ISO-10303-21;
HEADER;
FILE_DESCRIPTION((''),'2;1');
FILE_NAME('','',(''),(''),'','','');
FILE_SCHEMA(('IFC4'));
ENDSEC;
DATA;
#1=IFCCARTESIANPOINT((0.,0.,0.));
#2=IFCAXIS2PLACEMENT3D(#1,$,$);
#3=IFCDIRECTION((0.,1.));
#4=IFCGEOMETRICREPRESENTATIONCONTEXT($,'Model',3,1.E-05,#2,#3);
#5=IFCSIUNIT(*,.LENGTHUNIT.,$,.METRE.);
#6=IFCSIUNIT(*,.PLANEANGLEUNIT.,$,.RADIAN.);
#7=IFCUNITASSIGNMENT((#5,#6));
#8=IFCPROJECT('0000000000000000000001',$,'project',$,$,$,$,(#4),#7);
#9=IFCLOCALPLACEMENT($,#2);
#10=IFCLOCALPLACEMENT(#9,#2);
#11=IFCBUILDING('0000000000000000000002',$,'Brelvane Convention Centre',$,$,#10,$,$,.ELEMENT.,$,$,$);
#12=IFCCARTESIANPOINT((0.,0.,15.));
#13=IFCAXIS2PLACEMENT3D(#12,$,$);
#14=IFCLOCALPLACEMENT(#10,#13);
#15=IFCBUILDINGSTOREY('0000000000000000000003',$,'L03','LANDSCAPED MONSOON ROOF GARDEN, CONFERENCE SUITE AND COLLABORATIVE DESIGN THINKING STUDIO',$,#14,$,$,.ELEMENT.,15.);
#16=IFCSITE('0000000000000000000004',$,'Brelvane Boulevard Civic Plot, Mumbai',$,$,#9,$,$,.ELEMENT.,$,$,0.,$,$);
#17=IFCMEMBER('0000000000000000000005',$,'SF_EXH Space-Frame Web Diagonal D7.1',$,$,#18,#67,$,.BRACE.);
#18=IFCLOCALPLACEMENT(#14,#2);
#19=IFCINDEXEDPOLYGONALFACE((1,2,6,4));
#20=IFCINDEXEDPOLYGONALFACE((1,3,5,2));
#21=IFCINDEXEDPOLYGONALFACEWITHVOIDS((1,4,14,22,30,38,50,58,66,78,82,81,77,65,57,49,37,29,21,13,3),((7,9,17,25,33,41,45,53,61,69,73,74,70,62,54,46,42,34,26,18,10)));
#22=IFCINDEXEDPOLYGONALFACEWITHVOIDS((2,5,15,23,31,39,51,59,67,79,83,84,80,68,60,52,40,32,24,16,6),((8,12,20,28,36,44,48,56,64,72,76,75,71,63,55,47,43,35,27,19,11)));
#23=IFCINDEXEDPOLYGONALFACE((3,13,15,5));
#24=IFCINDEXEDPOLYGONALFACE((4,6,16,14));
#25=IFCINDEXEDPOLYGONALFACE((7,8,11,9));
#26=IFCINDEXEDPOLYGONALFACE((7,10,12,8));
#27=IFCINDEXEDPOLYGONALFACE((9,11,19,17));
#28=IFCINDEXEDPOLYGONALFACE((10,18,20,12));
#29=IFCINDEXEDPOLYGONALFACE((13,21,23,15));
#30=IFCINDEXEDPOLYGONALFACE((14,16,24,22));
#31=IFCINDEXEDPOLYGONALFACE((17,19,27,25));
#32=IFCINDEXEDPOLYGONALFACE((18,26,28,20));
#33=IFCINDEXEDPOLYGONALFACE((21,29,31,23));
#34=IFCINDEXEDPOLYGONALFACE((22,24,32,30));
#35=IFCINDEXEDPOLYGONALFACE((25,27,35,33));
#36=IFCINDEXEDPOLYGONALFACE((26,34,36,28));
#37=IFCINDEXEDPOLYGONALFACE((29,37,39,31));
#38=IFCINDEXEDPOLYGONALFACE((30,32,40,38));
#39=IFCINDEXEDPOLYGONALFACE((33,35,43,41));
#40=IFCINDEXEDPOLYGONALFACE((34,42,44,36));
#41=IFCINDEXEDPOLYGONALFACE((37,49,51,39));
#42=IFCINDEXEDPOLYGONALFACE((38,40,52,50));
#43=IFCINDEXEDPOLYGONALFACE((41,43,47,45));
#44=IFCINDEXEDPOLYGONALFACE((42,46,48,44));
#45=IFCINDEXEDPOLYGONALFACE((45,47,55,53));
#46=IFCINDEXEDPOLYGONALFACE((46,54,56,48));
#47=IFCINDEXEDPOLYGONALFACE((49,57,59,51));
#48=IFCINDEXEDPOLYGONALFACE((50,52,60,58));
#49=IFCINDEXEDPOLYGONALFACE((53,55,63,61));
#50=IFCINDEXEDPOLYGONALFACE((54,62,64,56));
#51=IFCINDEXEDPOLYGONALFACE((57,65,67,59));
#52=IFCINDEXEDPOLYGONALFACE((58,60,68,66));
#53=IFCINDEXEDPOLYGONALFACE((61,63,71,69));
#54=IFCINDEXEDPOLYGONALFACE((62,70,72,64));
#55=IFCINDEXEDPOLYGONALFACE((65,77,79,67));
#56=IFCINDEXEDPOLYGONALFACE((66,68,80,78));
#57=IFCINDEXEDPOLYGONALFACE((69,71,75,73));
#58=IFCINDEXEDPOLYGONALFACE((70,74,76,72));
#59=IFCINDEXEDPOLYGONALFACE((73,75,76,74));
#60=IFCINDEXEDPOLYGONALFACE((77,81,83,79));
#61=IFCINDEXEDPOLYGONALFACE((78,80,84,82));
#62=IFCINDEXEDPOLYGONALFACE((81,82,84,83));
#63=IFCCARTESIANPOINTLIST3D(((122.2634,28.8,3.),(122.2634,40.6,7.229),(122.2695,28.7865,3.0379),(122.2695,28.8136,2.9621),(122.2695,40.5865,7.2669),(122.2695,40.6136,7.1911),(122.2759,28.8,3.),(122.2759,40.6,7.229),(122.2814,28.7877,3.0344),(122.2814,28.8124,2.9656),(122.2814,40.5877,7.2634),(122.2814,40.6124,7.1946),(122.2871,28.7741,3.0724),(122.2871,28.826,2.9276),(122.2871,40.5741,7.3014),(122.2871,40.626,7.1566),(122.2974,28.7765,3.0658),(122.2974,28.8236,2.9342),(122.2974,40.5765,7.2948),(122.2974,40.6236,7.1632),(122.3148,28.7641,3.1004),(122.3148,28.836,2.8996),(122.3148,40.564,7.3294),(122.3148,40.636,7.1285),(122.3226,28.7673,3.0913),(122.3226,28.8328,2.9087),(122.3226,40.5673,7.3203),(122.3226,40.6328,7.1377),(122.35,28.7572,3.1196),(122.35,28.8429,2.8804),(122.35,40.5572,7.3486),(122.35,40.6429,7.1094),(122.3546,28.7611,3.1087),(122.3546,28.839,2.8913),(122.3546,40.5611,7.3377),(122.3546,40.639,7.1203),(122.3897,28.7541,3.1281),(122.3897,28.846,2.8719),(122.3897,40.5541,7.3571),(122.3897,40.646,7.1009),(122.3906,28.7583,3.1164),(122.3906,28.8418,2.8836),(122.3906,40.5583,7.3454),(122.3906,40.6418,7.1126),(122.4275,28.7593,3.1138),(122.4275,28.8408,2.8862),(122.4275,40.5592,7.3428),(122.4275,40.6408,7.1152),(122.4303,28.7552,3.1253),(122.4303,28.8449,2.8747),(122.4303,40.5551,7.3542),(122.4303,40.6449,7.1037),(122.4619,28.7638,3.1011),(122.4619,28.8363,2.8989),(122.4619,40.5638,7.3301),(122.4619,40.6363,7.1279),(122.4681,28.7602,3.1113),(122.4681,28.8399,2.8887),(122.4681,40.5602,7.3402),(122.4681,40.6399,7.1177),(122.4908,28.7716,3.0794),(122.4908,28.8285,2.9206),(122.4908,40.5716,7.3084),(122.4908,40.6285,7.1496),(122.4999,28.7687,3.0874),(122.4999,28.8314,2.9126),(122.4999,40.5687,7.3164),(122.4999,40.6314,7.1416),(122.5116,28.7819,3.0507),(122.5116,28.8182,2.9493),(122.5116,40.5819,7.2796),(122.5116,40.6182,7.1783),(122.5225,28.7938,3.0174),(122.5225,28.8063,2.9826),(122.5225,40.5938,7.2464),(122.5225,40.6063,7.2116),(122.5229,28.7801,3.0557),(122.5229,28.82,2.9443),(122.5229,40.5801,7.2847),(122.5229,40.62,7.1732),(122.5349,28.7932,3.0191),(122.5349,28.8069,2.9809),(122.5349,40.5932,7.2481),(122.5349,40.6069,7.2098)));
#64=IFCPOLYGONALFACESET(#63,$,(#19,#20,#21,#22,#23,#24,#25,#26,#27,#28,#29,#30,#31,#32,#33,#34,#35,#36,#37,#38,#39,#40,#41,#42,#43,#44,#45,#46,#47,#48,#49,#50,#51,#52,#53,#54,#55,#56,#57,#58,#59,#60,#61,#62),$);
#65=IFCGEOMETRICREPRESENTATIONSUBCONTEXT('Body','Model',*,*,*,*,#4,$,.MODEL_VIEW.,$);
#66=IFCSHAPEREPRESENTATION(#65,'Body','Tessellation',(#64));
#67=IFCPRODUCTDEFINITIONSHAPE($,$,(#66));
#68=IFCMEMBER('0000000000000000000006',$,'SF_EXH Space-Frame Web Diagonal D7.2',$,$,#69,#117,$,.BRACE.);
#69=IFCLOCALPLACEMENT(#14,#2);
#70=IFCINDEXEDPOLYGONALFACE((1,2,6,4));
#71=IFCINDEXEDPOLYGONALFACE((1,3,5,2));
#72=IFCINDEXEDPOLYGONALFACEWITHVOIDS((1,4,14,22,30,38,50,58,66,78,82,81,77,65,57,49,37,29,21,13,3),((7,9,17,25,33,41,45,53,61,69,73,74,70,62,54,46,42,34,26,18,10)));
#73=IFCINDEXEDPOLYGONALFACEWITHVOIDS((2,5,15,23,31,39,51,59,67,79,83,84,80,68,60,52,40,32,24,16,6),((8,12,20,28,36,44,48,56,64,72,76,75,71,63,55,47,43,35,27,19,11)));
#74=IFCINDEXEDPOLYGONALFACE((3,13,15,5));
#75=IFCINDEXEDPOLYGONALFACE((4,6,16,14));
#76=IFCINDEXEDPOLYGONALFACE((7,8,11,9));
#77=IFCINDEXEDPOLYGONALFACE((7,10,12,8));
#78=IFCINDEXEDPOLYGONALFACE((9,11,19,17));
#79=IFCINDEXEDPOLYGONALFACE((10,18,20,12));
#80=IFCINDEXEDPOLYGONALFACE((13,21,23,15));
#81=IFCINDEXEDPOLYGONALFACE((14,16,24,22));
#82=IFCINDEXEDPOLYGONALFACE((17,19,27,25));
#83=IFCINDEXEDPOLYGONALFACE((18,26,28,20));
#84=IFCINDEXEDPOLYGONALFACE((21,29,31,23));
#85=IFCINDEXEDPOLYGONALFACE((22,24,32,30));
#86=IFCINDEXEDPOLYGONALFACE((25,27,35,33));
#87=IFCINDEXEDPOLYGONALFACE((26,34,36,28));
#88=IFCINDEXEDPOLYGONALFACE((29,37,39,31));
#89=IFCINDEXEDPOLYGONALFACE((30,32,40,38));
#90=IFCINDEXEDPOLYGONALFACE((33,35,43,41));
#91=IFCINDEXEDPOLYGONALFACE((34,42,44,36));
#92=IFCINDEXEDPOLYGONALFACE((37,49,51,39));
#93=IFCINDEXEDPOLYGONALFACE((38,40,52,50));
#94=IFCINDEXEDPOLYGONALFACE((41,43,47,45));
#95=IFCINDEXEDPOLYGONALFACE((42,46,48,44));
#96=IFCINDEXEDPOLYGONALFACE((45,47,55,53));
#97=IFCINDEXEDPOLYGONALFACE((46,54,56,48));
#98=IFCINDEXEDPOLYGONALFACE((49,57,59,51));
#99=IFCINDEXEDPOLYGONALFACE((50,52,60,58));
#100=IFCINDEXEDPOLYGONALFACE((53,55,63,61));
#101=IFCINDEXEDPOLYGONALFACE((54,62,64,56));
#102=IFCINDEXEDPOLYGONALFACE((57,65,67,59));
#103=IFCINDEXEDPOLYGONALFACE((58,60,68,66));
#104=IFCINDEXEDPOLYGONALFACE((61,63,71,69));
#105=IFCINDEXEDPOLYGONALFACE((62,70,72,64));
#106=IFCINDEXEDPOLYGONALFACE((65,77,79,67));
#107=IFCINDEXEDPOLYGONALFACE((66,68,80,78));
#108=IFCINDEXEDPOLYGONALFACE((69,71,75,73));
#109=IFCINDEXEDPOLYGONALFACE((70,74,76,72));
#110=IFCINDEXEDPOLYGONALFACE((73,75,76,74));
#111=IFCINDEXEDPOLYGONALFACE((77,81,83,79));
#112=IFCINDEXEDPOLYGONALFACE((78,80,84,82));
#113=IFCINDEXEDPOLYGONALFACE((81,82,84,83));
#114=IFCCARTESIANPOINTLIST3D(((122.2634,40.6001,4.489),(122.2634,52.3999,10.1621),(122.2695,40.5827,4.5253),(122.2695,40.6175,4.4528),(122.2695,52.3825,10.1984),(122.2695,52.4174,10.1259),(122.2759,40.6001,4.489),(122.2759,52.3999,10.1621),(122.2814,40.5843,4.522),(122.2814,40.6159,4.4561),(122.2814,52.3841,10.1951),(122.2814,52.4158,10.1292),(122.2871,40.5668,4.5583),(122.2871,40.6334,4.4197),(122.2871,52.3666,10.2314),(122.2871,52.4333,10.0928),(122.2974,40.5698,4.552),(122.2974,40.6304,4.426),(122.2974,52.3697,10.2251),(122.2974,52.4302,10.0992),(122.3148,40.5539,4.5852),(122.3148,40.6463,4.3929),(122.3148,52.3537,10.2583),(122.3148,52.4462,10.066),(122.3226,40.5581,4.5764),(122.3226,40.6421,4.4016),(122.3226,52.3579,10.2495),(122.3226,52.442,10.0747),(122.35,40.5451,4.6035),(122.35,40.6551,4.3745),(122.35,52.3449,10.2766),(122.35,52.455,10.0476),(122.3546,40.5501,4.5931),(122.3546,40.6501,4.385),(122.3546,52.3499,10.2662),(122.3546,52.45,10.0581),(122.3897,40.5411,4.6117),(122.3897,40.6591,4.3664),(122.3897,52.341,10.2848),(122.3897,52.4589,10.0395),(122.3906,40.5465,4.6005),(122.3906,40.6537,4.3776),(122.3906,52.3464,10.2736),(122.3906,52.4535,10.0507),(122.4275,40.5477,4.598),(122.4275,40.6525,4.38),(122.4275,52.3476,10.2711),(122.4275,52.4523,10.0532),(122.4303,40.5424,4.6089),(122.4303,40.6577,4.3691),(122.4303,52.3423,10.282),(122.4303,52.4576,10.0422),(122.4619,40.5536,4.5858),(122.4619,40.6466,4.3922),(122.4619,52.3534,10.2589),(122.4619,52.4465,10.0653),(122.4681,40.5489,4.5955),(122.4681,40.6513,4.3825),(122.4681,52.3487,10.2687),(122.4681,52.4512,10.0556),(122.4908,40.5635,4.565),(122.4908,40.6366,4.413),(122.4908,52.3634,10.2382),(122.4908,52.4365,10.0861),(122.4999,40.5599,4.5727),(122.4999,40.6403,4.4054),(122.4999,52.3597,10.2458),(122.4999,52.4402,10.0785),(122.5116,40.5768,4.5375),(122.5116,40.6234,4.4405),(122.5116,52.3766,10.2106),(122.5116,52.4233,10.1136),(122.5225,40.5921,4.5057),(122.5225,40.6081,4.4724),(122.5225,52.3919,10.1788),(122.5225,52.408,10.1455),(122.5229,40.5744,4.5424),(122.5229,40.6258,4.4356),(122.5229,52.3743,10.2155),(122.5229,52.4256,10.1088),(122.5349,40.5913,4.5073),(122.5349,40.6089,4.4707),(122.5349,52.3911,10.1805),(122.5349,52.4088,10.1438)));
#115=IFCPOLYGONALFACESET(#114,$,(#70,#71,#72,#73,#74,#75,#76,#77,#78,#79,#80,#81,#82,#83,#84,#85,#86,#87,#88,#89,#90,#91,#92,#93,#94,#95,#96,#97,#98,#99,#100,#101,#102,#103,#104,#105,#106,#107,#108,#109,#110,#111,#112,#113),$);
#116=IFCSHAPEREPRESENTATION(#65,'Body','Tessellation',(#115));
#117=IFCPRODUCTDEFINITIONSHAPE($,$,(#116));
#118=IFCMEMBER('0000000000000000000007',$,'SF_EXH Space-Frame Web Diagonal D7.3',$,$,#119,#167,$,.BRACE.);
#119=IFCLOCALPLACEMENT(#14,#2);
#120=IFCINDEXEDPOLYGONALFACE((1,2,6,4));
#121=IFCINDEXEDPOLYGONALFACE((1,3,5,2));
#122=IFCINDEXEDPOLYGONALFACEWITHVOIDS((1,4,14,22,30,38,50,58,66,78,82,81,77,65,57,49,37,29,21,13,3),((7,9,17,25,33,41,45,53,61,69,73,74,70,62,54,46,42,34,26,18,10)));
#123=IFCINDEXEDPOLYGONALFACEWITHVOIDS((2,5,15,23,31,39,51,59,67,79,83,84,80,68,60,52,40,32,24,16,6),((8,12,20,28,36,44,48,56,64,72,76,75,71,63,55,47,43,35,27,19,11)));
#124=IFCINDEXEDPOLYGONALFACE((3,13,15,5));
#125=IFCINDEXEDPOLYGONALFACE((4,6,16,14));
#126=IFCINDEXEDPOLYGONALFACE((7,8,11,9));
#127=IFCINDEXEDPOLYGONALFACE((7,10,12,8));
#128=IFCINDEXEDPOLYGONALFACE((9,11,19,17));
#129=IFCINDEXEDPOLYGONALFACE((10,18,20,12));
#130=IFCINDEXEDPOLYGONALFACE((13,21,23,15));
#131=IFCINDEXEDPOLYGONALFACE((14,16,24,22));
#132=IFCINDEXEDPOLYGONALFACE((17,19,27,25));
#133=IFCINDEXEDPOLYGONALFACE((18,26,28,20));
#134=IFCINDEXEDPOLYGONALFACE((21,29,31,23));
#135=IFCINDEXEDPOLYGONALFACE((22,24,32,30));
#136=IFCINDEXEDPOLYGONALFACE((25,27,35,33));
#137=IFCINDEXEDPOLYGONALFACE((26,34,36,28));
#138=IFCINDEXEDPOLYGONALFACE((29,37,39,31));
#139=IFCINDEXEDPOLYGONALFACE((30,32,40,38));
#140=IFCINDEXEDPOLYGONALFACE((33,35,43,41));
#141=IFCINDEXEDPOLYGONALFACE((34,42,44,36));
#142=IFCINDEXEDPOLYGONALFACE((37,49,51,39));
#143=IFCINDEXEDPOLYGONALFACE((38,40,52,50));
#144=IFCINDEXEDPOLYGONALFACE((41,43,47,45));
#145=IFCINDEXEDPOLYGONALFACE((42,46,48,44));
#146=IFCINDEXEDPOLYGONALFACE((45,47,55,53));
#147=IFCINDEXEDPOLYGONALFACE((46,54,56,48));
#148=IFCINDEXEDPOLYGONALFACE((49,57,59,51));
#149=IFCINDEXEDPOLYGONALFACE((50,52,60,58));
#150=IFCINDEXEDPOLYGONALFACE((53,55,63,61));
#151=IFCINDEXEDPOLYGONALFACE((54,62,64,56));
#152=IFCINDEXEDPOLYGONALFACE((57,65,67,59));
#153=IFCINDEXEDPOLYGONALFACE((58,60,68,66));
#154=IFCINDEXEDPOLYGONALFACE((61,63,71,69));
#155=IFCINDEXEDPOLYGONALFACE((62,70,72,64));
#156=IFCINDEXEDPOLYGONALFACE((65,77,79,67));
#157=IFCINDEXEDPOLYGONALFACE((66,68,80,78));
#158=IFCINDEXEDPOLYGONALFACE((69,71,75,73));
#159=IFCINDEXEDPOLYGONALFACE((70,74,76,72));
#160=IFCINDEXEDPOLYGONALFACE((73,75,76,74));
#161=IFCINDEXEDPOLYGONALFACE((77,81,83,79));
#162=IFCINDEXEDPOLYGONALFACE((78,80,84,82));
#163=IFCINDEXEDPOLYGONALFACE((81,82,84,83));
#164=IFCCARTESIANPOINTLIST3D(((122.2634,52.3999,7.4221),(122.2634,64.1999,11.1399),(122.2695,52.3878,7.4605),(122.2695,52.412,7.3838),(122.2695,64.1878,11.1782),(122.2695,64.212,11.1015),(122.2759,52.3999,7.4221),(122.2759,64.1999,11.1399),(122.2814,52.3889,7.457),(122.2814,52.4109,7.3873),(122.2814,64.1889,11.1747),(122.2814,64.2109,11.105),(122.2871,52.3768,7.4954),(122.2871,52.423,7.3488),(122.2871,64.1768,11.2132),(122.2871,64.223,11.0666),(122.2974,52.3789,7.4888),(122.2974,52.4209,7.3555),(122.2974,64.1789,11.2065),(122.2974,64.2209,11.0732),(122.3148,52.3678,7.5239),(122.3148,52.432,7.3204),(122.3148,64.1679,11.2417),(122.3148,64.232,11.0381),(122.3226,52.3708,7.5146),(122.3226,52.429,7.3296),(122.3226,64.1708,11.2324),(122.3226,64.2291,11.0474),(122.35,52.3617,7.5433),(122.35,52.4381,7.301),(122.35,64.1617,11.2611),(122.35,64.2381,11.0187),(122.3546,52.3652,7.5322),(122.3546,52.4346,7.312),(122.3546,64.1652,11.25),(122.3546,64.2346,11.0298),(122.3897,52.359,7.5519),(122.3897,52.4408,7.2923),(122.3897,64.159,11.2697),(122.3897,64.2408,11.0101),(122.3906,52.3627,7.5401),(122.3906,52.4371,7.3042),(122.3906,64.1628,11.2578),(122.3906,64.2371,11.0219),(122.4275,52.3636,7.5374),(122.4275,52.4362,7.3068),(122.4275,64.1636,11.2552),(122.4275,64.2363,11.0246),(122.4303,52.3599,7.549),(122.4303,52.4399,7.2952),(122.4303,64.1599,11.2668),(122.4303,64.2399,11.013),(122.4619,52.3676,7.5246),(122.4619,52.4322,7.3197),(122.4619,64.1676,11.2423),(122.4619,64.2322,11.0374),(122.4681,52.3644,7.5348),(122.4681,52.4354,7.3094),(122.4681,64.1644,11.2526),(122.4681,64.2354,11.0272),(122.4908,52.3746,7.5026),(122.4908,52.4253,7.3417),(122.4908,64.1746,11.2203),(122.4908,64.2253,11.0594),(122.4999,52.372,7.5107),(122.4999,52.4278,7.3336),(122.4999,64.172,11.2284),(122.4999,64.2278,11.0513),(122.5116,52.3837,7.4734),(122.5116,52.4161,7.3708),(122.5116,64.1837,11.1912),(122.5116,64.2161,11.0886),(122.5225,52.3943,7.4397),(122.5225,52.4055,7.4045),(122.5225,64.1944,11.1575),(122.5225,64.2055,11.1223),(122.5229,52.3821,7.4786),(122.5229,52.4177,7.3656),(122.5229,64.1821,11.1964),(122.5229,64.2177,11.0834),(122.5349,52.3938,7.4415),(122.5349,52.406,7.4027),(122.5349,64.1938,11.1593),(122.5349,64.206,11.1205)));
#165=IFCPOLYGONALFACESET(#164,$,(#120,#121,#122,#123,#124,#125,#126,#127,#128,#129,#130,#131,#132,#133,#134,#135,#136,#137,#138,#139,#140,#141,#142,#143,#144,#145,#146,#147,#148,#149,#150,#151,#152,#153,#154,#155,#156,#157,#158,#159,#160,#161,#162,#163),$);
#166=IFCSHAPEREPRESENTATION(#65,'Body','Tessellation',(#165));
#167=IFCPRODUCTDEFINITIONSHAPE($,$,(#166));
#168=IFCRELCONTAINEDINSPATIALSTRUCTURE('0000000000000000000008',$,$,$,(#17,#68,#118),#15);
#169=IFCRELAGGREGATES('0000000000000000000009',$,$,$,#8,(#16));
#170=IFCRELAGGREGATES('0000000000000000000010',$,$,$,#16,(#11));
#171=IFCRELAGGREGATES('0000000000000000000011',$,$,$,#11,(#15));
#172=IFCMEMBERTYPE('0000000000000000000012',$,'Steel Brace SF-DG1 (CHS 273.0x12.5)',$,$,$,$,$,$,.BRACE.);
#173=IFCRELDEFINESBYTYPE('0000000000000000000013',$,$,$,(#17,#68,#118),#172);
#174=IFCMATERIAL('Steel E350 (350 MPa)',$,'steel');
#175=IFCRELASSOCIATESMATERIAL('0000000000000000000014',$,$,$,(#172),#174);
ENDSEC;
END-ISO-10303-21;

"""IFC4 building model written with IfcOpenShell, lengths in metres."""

from ifc_helpers import new_model, si_unit, direction, frame, origin, origin_2d, place, context, subcontext, project, spatial, hollow_circle, extrude, material, material_profile, profile_set, type_object, element, save


model = new_model("IFC4")

# Units and contexts
model_context = context("Model", 3, precision=1e-05, world=origin(), true_north=direction((0.0, 1.0)))
body_context = subcontext(model_context, "Body", "Model", "MODEL_VIEW")
ifc_project = project(units=[si_unit("LENGTHUNIT", "METRE"), si_unit("PLANEANGLEUNIT", "RADIAN")], contexts=[model_context])

# Site, building, storey
site_placement = place(None, origin())
site = spatial("IfcSite", under=ifc_project, at=site_placement, Name="Brelvane Boulevard Civic Plot, Mumbai", CompositionType="ELEMENT", RefElevation=0.0)
building_placement = place(site_placement, origin())
building = spatial("IfcBuilding", under=site, at=building_placement, Name="Brelvane Convention Centre", CompositionType="ELEMENT")
storey_placement = place(building_placement, frame((0.0, 0.0, 15.0)))
storey = spatial("IfcBuildingStorey", under=building, at=storey_placement, Name="L03", Description="LANDSCAPED MONSOON ROOF GARDEN, CONFERENCE SUITE AND COLLABORATIVE DESIGN THINKING STUDIO", CompositionType="ELEMENT", Elevation=15.0)

# Members
ifc_material_1 = material(Name="Steel E350 (350 MPa)", Category="steel")
ifc_material_profile_1 = material_profile(ifc_material_1, hollow_circle(Radius=0.1365, WallThickness=0.0125, at=origin_2d()), Name="CHS 273.0x12.5")
ifc_profile_set_1 = profile_set([ifc_material_profile_1], Name="Steel E350 (350 MPa)")
member_type_1 = type_object("IfcMemberType", Name="Steel Brace SF-DG1 (CHS 273.0x12.5)", PredefinedType="BRACE", material=ifc_profile_set_1)
member_1_placement = place(storey_placement, frame((122.3999, 28.8, 3.0), z_axis=(0.0, 0.94137, 0.337376), x_axis=(-1.0, 0.0, 0.0)))
element("IfcMember", 1, at=member_1_placement, inside=storey, type_object=member_type_1, Name="SF_EXH Space-Frame Web Diagonal D7.1", PredefinedType="BRACE", context=body_context, shape_type="SweptSolid", body=[
    extrude(hollow_circle(Radius=0.1365, WallThickness=0.0125, at=origin_2d()), origin(), (0.0, 0.0, 1.0), 12.5349),
])
member_2_placement = place(storey_placement, frame((122.3999, 40.6001, 4.489), z_axis=(0.0, 0.901249, 0.433301), x_axis=(-1.0, 0.0, 0.0)))
element("IfcMember", 2, at=member_2_placement, inside=storey, type_object=member_type_1, Name="SF_EXH Space-Frame Web Diagonal D7.2", PredefinedType="BRACE", context=body_context, shape_type="SweptSolid", body=[
    extrude(hollow_circle(Radius=0.1365, WallThickness=0.0125, at=origin_2d()), origin(), (0.0, 0.0, 1.0), 13.0928),
])
member_3_placement = place(storey_placement, frame((122.3999, 52.3999, 7.4221), z_axis=(0.0, 0.953781, 0.300502), x_axis=(-1.0, 0.0, 0.0)))
element("IfcMember", 3, at=member_3_placement, inside=storey, type_object=member_type_1, Name="SF_EXH Space-Frame Web Diagonal D7.3", PredefinedType="BRACE", context=body_context, shape_type="SweptSolid", body=[
    extrude(hollow_circle(Radius=0.1365, WallThickness=0.0125, at=origin_2d()), origin(), (0.0, 0.0, 1.0), 12.3718),
])

save(model, "model.ifc")
